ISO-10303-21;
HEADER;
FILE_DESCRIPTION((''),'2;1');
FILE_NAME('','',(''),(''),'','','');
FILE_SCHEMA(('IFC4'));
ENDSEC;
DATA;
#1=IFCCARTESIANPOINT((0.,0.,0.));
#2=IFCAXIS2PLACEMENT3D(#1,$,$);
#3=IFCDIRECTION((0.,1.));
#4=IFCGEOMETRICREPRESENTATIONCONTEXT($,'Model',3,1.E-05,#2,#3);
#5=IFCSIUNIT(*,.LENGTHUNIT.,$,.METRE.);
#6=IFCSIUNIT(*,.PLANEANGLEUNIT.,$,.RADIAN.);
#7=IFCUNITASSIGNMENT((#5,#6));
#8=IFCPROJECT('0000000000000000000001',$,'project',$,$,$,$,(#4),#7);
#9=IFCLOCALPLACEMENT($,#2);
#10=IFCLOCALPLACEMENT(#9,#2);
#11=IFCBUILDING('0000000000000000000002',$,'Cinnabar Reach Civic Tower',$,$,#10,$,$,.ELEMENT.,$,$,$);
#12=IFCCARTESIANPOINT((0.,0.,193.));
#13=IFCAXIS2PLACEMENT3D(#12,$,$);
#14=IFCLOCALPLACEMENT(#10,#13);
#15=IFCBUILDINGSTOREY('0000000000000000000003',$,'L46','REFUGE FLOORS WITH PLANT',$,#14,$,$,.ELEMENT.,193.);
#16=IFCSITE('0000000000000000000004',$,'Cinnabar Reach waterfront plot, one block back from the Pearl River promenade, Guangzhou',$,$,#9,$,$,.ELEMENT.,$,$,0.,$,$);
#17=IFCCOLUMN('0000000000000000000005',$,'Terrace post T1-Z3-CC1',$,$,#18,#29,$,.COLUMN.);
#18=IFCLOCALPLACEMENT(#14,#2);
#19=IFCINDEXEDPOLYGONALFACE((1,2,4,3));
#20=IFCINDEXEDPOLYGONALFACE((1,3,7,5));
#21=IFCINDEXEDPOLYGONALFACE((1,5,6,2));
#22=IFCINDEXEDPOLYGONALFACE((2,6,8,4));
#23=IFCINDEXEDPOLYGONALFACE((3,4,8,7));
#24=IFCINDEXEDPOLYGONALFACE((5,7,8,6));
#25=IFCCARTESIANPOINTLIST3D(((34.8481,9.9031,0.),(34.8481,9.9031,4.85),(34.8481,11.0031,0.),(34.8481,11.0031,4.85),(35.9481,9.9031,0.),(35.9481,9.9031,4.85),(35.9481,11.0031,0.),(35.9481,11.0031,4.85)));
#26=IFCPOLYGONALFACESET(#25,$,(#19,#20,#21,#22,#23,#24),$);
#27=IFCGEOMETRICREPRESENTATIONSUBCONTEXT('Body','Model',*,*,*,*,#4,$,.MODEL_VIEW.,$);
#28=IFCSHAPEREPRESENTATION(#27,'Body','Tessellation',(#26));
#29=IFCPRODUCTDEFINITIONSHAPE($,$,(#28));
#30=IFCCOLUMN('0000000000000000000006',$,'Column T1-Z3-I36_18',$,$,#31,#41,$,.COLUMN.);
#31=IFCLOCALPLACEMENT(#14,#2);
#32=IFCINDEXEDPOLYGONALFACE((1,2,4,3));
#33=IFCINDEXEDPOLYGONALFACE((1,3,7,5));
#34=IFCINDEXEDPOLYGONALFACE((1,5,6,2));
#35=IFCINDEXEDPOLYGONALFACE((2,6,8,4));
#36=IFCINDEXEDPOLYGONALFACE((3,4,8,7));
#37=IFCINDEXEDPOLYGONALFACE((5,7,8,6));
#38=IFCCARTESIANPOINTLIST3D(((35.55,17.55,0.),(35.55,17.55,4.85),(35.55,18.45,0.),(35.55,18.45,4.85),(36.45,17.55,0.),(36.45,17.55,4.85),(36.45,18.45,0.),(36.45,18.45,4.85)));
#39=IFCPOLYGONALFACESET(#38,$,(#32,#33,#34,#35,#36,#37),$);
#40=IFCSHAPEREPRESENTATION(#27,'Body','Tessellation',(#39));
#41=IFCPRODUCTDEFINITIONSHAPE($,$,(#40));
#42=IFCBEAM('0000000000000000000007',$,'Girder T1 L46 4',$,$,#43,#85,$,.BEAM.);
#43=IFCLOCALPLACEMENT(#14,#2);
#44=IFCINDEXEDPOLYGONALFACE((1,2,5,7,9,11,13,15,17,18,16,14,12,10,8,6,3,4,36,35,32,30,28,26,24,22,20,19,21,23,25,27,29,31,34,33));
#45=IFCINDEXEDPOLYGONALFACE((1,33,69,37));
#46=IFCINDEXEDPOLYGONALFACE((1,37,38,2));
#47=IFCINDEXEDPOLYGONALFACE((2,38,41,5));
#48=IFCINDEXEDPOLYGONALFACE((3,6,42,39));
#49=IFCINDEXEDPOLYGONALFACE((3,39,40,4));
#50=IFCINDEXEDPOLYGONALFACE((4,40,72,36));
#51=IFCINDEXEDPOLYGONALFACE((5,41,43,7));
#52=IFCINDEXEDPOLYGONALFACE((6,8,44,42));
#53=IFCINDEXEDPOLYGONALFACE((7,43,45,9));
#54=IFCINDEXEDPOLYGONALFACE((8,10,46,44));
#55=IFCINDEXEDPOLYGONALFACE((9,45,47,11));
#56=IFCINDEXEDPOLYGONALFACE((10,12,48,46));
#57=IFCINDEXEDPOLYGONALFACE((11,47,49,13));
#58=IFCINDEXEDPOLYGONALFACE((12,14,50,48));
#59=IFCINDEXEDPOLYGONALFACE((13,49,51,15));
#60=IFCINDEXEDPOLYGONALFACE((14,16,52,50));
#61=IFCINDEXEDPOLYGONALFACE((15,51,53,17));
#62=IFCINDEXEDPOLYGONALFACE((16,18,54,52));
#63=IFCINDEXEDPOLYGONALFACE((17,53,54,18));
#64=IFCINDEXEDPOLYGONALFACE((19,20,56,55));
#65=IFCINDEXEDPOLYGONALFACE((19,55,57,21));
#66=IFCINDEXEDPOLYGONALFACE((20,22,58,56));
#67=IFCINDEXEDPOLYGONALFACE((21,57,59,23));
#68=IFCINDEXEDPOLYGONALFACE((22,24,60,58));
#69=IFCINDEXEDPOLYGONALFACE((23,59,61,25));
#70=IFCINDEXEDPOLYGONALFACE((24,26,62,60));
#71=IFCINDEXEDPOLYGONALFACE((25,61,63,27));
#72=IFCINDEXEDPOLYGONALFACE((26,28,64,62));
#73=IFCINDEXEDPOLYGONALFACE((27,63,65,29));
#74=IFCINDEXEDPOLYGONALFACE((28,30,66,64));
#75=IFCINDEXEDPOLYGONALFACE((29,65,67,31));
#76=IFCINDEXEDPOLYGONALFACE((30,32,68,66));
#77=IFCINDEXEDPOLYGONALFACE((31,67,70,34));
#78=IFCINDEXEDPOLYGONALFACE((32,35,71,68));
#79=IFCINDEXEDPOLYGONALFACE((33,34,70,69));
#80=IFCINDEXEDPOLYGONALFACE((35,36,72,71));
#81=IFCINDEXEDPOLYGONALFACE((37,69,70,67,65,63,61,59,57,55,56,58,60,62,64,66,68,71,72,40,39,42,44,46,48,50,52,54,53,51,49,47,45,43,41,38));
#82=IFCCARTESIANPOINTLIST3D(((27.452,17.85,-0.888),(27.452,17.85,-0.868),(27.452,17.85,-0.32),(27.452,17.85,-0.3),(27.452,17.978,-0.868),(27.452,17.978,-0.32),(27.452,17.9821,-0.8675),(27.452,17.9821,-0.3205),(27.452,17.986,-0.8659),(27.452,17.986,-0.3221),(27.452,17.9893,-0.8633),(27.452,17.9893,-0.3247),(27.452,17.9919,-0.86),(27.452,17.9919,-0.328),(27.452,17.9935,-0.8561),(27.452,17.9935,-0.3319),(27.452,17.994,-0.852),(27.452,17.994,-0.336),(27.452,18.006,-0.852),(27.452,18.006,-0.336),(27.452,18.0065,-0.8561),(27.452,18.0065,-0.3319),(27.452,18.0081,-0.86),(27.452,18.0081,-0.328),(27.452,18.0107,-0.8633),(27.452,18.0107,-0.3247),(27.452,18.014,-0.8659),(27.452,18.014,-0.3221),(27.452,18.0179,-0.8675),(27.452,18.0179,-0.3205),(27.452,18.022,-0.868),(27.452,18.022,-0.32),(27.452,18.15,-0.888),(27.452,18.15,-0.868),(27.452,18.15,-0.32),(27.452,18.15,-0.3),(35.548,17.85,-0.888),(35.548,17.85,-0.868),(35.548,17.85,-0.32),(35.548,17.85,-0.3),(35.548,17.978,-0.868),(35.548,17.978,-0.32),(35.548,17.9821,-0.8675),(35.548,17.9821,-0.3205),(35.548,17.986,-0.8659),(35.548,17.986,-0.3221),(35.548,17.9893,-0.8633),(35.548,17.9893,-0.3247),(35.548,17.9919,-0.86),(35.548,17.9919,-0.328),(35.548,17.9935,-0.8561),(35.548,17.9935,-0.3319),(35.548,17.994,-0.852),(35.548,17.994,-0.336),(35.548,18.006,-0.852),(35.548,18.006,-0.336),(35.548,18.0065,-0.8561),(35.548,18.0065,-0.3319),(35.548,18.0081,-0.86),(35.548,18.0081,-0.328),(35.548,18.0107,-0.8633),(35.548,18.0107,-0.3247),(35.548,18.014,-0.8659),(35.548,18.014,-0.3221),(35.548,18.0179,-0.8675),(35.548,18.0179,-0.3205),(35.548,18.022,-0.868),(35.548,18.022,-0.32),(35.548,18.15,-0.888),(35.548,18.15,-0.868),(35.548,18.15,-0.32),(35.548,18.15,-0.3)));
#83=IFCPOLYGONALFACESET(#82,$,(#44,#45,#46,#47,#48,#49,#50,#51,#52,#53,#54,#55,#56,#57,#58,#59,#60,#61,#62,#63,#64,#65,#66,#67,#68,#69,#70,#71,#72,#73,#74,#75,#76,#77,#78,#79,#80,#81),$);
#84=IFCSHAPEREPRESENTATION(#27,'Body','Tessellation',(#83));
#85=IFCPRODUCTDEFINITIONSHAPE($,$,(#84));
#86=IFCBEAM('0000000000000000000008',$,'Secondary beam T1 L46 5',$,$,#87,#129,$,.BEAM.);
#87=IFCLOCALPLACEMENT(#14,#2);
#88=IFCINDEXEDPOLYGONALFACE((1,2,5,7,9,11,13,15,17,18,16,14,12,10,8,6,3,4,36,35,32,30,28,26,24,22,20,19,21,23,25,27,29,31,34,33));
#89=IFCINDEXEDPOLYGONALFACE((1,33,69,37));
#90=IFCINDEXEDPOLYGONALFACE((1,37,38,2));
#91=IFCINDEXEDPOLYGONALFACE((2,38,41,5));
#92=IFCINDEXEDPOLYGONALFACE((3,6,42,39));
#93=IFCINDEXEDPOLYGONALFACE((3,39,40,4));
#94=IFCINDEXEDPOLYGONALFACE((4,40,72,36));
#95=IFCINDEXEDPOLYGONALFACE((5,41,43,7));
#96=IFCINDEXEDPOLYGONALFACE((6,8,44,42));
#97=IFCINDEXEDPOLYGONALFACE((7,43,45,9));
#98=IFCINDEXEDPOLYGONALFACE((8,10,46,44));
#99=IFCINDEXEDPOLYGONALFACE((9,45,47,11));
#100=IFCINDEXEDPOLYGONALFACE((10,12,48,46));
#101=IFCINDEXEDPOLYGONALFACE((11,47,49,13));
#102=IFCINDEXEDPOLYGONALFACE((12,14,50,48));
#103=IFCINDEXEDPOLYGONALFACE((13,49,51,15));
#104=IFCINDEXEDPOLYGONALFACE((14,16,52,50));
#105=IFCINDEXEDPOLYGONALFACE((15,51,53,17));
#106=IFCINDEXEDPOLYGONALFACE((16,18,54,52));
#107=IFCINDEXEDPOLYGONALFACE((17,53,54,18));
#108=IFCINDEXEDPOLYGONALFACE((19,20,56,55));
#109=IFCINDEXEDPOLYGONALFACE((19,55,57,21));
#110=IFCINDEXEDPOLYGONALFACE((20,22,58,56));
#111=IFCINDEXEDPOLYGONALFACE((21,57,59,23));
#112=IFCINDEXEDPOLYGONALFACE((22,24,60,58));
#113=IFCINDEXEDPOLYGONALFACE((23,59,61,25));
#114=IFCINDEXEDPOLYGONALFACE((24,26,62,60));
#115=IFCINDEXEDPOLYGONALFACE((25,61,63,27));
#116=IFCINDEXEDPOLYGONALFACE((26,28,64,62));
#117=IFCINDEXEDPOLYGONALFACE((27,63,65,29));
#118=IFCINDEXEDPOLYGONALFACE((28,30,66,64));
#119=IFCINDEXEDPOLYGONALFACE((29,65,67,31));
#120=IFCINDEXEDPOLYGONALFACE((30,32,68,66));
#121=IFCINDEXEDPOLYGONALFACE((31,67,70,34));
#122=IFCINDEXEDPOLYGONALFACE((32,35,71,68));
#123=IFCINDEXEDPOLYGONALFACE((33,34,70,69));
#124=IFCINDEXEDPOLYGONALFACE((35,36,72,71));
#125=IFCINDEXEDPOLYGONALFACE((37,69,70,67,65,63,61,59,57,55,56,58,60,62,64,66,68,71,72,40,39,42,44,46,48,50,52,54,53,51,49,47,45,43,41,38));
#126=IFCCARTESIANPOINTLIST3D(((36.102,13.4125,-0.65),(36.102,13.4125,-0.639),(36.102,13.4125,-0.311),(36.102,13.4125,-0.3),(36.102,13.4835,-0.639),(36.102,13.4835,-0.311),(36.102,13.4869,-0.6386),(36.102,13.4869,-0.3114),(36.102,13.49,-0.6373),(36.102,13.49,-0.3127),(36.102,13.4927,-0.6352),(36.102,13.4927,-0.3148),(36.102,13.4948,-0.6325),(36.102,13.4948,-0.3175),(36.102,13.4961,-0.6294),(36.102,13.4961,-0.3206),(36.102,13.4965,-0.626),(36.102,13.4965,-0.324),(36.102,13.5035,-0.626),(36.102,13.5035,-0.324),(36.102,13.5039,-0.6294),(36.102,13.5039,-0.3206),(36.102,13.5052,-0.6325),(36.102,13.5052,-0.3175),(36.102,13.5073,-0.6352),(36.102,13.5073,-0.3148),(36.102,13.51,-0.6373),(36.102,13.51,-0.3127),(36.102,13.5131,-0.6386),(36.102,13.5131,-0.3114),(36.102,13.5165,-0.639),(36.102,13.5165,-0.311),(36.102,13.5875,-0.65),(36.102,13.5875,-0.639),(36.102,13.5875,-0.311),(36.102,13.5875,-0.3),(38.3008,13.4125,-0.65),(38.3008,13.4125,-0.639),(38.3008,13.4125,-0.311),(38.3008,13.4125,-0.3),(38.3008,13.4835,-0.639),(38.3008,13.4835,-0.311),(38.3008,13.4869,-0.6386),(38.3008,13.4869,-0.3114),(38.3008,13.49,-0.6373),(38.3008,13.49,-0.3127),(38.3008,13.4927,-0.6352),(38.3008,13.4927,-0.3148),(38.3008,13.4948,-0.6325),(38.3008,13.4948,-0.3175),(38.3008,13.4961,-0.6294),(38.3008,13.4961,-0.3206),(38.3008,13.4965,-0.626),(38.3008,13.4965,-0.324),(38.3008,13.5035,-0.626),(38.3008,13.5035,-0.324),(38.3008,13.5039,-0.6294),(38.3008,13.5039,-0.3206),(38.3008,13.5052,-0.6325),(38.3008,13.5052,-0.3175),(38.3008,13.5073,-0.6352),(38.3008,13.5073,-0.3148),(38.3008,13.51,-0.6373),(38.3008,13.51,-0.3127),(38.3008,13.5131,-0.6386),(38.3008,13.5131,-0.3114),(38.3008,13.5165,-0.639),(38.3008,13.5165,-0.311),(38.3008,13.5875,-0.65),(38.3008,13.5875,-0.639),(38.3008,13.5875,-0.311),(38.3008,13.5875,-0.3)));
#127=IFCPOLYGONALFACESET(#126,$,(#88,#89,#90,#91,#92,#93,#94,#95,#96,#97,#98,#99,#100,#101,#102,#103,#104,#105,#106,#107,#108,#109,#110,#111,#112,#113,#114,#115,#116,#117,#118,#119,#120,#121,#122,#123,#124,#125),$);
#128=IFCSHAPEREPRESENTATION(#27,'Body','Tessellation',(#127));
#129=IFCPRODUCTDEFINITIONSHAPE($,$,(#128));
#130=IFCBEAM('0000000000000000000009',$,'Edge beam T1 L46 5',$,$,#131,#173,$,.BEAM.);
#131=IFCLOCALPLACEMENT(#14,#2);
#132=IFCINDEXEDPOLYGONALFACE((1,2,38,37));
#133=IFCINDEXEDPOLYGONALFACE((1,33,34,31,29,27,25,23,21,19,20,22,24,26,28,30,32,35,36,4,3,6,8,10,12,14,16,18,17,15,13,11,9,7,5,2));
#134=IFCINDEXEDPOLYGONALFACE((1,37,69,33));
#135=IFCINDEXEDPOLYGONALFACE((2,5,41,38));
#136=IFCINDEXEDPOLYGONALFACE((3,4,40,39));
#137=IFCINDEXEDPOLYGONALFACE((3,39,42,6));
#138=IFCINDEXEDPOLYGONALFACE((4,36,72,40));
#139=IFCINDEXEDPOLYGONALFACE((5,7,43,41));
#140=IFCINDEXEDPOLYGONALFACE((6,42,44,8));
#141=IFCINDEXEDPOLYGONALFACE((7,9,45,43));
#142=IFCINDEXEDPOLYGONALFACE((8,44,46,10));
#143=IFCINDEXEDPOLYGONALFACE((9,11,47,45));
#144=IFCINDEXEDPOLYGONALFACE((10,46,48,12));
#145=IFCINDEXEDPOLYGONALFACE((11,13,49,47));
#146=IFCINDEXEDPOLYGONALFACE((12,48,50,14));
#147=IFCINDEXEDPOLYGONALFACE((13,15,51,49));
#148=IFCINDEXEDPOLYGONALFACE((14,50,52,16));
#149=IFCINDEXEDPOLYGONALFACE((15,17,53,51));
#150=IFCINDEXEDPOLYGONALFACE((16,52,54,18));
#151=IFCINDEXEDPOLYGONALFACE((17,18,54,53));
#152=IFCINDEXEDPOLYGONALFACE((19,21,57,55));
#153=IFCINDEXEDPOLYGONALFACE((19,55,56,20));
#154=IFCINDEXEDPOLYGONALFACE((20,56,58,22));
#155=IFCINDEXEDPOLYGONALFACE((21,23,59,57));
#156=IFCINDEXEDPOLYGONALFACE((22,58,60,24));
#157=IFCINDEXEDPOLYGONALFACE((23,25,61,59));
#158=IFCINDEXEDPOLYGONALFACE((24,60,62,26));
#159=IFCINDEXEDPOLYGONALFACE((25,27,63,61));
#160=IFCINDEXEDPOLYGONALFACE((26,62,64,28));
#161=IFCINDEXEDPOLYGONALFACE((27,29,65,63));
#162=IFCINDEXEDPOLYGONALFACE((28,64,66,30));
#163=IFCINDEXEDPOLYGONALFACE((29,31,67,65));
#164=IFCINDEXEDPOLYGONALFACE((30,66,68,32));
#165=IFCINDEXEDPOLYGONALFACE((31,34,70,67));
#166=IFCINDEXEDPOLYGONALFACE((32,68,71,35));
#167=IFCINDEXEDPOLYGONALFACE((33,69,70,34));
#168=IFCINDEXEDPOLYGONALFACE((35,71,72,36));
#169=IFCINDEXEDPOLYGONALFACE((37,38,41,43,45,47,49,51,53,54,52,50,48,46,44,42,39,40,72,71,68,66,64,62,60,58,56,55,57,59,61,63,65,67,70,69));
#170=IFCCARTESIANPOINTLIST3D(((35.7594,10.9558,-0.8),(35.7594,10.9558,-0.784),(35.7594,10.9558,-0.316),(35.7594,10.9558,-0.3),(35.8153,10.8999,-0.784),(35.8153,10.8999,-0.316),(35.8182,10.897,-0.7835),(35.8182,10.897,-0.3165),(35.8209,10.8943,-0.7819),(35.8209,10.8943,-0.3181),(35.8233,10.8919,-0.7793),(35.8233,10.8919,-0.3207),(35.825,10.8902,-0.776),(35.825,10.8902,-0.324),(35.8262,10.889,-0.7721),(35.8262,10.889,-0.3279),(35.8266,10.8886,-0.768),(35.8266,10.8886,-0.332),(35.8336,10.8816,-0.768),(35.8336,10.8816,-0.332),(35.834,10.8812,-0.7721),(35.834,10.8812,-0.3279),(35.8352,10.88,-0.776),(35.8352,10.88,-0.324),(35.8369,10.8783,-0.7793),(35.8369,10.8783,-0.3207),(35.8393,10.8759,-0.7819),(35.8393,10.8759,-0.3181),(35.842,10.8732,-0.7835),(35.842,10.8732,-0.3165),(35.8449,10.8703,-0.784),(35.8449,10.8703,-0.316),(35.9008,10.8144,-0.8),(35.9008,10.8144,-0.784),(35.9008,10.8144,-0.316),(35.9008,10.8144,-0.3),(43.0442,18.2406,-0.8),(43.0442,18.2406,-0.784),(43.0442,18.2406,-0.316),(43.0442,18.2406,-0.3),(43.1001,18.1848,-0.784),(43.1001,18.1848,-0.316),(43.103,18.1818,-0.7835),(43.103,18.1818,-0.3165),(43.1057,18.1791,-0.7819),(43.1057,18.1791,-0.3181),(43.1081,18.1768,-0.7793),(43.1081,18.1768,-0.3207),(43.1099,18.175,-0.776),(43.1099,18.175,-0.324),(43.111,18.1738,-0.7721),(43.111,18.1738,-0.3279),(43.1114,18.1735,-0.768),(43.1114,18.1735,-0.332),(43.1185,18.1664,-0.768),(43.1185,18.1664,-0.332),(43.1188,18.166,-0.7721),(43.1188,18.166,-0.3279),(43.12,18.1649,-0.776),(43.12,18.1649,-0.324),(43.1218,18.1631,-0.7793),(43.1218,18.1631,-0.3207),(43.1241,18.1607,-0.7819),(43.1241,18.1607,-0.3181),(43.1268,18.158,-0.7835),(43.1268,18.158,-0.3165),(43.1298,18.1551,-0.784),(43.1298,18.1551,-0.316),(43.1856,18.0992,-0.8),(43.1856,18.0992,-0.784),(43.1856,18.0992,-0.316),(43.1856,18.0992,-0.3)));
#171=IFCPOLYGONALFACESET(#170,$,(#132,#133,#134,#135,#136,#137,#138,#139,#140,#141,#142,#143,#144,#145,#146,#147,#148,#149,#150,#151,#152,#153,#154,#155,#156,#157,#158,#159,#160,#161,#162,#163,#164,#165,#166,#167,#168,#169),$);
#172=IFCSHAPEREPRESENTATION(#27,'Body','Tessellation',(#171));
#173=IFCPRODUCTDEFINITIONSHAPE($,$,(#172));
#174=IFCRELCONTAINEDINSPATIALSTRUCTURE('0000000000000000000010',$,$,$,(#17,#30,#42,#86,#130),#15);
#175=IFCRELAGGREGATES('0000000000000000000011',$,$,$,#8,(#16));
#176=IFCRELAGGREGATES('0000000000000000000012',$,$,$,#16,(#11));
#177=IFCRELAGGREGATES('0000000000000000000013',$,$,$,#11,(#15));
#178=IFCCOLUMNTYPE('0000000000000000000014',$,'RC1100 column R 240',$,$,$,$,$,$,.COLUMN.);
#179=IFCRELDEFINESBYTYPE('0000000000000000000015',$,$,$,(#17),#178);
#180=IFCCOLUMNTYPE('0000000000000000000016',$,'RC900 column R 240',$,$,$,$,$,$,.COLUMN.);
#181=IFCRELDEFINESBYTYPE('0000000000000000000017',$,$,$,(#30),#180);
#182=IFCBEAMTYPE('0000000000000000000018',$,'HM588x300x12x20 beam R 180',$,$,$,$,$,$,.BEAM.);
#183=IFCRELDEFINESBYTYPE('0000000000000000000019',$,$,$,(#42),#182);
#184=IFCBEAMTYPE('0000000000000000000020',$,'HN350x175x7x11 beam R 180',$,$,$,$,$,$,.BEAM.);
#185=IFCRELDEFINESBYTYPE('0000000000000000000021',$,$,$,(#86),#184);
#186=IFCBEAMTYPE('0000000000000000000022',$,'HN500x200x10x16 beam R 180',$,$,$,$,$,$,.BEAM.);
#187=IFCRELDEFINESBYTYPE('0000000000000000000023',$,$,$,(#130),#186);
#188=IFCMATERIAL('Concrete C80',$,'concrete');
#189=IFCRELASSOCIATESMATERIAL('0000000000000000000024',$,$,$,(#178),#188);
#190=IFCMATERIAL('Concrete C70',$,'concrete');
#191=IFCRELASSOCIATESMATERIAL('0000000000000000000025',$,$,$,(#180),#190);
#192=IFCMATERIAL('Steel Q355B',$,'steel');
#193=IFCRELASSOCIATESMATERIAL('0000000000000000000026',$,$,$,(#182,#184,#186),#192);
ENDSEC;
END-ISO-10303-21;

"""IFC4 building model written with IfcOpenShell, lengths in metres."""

from ifc_helpers import new_model, si_unit, direction, frame, origin, origin_2d, place, context, subcontext, project, spatial, rectangle, i_section, extrude, material, material_profile, profile_set, type_object, element, save


model = new_model("IFC4")

# Units and contexts
model_context = context("Model", 3, precision=1e-05, world=origin(), true_north=direction((0.0, 1.0)))
body_context = subcontext(model_context, "Body", "Model", "MODEL_VIEW")
ifc_project = project(units=[si_unit("LENGTHUNIT", "METRE"), si_unit("PLANEANGLEUNIT", "RADIAN")], contexts=[model_context])

# Site, building, storey
site_placement = place(None, origin())
site = spatial("IfcSite", under=ifc_project, at=site_placement, Name="Cinnabar Reach waterfront plot, one block back from the Pearl River promenade, Guangzhou", CompositionType="ELEMENT", RefElevation=0.0)
building_placement = place(site_placement, origin())
building = spatial("IfcBuilding", under=site, at=building_placement, Name="Cinnabar Reach Civic Tower", CompositionType="ELEMENT")
storey_placement = place(building_placement, frame((0.0, 0.0, 193.0)))
storey = spatial("IfcBuildingStorey", under=building, at=storey_placement, Name="L46", Description="REFUGE FLOORS WITH PLANT", CompositionType="ELEMENT", Elevation=193.0)

# Columns
ifc_material_1 = material(Name="Concrete C80", Category="concrete")
ifc_material_profile_1 = material_profile(ifc_material_1, rectangle(XDim=1.1, YDim=1.1, at=origin_2d()), Name="RC1100")
ifc_profile_set_1 = profile_set([ifc_material_profile_1], Name="Concrete C80")
column_type_1 = type_object("IfcColumnType", Name="RC1100 column R 240", PredefinedType="COLUMN", material=ifc_profile_set_1)
column_1_placement = place(storey_placement, frame((35.3981, 10.4531, 0.0), z_axis=(0.0, 0.0, 1.0), x_axis=(1.0, 0.0, 0.0)))
element("IfcColumn", 1, at=column_1_placement, inside=storey, type_object=column_type_1, Name="Terrace post T1-Z3-CC1", PredefinedType="COLUMN", context=body_context, shape_type="SweptSolid", body=[
    extrude(rectangle(XDim=1.1, YDim=1.1, at=origin_2d()), origin(), (0.0, 0.0, 1.0), 4.85),
])
ifc_material_2 = material(Name="Concrete C70", Category="concrete")
ifc_material_profile_2 = material_profile(ifc_material_2, rectangle(XDim=0.9, YDim=0.9, at=origin_2d()), Name="RC900")
ifc_profile_set_2 = profile_set([ifc_material_profile_2], Name="Concrete C70")
column_type_2 = type_object("IfcColumnType", Name="RC900 column R 240", PredefinedType="COLUMN", material=ifc_profile_set_2)
column_2_placement = place(storey_placement, frame((36.0, 18.0, 0.0), z_axis=(0.0, 0.0, 1.0), x_axis=(1.0, 0.0, 0.0)))
element("IfcColumn", 2, at=column_2_placement, inside=storey, type_object=column_type_2, Name="Column T1-Z3-I36_18", PredefinedType="COLUMN", context=body_context, shape_type="SweptSolid", body=[
    extrude(rectangle(XDim=0.9, YDim=0.9, at=origin_2d()), origin(), (0.0, 0.0, 1.0), 4.85),
])

# Beams
ifc_material_3 = material(Name="Steel Q355B", Category="steel")
ifc_material_profile_3 = material_profile(ifc_material_3, i_section(OverallWidth=0.3, OverallDepth=0.588, WebThickness=0.012, FlangeThickness=0.02, FilletRadius=0.016, at=origin_2d()), Name="HM588x300x12x20")
ifc_profile_set_3 = profile_set([ifc_material_profile_3], Name="Steel Q355B")
beam_type_1 = type_object("IfcBeamType", Name="HM588x300x12x20 beam R 180", PredefinedType="BEAM", material=ifc_profile_set_3)
beam_1_placement = place(storey_placement, frame((27.452, 18.0, -0.594), z_axis=(1.0, 0.0, 0.0), x_axis=(0.0, 1.0, 0.0)))
element("IfcBeam", 3, at=beam_1_placement, inside=storey, type_object=beam_type_1, Name="Girder T1 L46 4", PredefinedType="BEAM", context=body_context, shape_type="SweptSolid", body=[
    extrude(i_section(OverallWidth=0.3, OverallDepth=0.588, WebThickness=0.012, FlangeThickness=0.02, FilletRadius=0.016, at=origin_2d()), origin(), (0.0, 0.0, 1.0), 8.096),
])
ifc_material_profile_4 = material_profile(ifc_material_3, i_section(OverallWidth=0.175, OverallDepth=0.35, WebThickness=0.007, FlangeThickness=0.011, FilletRadius=0.013, at=origin_2d()), Name="HN350x175x7x11")
ifc_profile_set_4 = profile_set([ifc_material_profile_4], Name="Steel Q355B")
beam_type_2 = type_object("IfcBeamType", Name="HN350x175x7x11 beam R 180", PredefinedType="BEAM", material=ifc_profile_set_4)
beam_2_placement = place(storey_placement, frame((36.102, 13.5, -0.475), z_axis=(1.0, 0.0, 0.0), x_axis=(0.0, 1.0, 0.0)))
element("IfcBeam", 4, at=beam_2_placement, inside=storey, type_object=beam_type_2, Name="Secondary beam T1 L46 5", PredefinedType="BEAM", context=body_context, shape_type="SweptSolid", body=[
    extrude(i_section(OverallWidth=0.175, OverallDepth=0.35, WebThickness=0.007, FlangeThickness=0.011, FilletRadius=0.013, at=origin_2d()), origin(), (0.0, 0.0, 1.0), 2.1988),
])
ifc_material_profile_5 = material_profile(ifc_material_3, i_section(OverallWidth=0.2, OverallDepth=0.5, WebThickness=0.01, FlangeThickness=0.016, FilletRadius=0.016, at=origin_2d()), Name="HN500x200x10x16")
ifc_profile_set_5 = profile_set([ifc_material_profile_5], Name="Steel Q355B")
beam_type_3 = type_object("IfcBeamType", Name="HN500x200x10x16 beam R 180", PredefinedType="BEAM", material=ifc_profile_set_5)
beam_3_placement = place(storey_placement, frame((35.8301, 10.8851, -0.55), z_axis=(0.707107, 0.707107, 0.0), x_axis=(-0.707107, 0.707107, 0.0)))
element("IfcBeam", 5, at=beam_3_placement, inside=storey, type_object=beam_type_3, Name="Edge beam T1 L46 5", PredefinedType="BEAM", context=body_context, shape_type="SweptSolid", body=[
    extrude(i_section(OverallWidth=0.2, OverallDepth=0.5, WebThickness=0.01, FlangeThickness=0.016, FilletRadius=0.016, at=origin_2d()), origin(), (0.0, 0.0, 1.0), 10.3023),
])

save(model, "model.ifc")
